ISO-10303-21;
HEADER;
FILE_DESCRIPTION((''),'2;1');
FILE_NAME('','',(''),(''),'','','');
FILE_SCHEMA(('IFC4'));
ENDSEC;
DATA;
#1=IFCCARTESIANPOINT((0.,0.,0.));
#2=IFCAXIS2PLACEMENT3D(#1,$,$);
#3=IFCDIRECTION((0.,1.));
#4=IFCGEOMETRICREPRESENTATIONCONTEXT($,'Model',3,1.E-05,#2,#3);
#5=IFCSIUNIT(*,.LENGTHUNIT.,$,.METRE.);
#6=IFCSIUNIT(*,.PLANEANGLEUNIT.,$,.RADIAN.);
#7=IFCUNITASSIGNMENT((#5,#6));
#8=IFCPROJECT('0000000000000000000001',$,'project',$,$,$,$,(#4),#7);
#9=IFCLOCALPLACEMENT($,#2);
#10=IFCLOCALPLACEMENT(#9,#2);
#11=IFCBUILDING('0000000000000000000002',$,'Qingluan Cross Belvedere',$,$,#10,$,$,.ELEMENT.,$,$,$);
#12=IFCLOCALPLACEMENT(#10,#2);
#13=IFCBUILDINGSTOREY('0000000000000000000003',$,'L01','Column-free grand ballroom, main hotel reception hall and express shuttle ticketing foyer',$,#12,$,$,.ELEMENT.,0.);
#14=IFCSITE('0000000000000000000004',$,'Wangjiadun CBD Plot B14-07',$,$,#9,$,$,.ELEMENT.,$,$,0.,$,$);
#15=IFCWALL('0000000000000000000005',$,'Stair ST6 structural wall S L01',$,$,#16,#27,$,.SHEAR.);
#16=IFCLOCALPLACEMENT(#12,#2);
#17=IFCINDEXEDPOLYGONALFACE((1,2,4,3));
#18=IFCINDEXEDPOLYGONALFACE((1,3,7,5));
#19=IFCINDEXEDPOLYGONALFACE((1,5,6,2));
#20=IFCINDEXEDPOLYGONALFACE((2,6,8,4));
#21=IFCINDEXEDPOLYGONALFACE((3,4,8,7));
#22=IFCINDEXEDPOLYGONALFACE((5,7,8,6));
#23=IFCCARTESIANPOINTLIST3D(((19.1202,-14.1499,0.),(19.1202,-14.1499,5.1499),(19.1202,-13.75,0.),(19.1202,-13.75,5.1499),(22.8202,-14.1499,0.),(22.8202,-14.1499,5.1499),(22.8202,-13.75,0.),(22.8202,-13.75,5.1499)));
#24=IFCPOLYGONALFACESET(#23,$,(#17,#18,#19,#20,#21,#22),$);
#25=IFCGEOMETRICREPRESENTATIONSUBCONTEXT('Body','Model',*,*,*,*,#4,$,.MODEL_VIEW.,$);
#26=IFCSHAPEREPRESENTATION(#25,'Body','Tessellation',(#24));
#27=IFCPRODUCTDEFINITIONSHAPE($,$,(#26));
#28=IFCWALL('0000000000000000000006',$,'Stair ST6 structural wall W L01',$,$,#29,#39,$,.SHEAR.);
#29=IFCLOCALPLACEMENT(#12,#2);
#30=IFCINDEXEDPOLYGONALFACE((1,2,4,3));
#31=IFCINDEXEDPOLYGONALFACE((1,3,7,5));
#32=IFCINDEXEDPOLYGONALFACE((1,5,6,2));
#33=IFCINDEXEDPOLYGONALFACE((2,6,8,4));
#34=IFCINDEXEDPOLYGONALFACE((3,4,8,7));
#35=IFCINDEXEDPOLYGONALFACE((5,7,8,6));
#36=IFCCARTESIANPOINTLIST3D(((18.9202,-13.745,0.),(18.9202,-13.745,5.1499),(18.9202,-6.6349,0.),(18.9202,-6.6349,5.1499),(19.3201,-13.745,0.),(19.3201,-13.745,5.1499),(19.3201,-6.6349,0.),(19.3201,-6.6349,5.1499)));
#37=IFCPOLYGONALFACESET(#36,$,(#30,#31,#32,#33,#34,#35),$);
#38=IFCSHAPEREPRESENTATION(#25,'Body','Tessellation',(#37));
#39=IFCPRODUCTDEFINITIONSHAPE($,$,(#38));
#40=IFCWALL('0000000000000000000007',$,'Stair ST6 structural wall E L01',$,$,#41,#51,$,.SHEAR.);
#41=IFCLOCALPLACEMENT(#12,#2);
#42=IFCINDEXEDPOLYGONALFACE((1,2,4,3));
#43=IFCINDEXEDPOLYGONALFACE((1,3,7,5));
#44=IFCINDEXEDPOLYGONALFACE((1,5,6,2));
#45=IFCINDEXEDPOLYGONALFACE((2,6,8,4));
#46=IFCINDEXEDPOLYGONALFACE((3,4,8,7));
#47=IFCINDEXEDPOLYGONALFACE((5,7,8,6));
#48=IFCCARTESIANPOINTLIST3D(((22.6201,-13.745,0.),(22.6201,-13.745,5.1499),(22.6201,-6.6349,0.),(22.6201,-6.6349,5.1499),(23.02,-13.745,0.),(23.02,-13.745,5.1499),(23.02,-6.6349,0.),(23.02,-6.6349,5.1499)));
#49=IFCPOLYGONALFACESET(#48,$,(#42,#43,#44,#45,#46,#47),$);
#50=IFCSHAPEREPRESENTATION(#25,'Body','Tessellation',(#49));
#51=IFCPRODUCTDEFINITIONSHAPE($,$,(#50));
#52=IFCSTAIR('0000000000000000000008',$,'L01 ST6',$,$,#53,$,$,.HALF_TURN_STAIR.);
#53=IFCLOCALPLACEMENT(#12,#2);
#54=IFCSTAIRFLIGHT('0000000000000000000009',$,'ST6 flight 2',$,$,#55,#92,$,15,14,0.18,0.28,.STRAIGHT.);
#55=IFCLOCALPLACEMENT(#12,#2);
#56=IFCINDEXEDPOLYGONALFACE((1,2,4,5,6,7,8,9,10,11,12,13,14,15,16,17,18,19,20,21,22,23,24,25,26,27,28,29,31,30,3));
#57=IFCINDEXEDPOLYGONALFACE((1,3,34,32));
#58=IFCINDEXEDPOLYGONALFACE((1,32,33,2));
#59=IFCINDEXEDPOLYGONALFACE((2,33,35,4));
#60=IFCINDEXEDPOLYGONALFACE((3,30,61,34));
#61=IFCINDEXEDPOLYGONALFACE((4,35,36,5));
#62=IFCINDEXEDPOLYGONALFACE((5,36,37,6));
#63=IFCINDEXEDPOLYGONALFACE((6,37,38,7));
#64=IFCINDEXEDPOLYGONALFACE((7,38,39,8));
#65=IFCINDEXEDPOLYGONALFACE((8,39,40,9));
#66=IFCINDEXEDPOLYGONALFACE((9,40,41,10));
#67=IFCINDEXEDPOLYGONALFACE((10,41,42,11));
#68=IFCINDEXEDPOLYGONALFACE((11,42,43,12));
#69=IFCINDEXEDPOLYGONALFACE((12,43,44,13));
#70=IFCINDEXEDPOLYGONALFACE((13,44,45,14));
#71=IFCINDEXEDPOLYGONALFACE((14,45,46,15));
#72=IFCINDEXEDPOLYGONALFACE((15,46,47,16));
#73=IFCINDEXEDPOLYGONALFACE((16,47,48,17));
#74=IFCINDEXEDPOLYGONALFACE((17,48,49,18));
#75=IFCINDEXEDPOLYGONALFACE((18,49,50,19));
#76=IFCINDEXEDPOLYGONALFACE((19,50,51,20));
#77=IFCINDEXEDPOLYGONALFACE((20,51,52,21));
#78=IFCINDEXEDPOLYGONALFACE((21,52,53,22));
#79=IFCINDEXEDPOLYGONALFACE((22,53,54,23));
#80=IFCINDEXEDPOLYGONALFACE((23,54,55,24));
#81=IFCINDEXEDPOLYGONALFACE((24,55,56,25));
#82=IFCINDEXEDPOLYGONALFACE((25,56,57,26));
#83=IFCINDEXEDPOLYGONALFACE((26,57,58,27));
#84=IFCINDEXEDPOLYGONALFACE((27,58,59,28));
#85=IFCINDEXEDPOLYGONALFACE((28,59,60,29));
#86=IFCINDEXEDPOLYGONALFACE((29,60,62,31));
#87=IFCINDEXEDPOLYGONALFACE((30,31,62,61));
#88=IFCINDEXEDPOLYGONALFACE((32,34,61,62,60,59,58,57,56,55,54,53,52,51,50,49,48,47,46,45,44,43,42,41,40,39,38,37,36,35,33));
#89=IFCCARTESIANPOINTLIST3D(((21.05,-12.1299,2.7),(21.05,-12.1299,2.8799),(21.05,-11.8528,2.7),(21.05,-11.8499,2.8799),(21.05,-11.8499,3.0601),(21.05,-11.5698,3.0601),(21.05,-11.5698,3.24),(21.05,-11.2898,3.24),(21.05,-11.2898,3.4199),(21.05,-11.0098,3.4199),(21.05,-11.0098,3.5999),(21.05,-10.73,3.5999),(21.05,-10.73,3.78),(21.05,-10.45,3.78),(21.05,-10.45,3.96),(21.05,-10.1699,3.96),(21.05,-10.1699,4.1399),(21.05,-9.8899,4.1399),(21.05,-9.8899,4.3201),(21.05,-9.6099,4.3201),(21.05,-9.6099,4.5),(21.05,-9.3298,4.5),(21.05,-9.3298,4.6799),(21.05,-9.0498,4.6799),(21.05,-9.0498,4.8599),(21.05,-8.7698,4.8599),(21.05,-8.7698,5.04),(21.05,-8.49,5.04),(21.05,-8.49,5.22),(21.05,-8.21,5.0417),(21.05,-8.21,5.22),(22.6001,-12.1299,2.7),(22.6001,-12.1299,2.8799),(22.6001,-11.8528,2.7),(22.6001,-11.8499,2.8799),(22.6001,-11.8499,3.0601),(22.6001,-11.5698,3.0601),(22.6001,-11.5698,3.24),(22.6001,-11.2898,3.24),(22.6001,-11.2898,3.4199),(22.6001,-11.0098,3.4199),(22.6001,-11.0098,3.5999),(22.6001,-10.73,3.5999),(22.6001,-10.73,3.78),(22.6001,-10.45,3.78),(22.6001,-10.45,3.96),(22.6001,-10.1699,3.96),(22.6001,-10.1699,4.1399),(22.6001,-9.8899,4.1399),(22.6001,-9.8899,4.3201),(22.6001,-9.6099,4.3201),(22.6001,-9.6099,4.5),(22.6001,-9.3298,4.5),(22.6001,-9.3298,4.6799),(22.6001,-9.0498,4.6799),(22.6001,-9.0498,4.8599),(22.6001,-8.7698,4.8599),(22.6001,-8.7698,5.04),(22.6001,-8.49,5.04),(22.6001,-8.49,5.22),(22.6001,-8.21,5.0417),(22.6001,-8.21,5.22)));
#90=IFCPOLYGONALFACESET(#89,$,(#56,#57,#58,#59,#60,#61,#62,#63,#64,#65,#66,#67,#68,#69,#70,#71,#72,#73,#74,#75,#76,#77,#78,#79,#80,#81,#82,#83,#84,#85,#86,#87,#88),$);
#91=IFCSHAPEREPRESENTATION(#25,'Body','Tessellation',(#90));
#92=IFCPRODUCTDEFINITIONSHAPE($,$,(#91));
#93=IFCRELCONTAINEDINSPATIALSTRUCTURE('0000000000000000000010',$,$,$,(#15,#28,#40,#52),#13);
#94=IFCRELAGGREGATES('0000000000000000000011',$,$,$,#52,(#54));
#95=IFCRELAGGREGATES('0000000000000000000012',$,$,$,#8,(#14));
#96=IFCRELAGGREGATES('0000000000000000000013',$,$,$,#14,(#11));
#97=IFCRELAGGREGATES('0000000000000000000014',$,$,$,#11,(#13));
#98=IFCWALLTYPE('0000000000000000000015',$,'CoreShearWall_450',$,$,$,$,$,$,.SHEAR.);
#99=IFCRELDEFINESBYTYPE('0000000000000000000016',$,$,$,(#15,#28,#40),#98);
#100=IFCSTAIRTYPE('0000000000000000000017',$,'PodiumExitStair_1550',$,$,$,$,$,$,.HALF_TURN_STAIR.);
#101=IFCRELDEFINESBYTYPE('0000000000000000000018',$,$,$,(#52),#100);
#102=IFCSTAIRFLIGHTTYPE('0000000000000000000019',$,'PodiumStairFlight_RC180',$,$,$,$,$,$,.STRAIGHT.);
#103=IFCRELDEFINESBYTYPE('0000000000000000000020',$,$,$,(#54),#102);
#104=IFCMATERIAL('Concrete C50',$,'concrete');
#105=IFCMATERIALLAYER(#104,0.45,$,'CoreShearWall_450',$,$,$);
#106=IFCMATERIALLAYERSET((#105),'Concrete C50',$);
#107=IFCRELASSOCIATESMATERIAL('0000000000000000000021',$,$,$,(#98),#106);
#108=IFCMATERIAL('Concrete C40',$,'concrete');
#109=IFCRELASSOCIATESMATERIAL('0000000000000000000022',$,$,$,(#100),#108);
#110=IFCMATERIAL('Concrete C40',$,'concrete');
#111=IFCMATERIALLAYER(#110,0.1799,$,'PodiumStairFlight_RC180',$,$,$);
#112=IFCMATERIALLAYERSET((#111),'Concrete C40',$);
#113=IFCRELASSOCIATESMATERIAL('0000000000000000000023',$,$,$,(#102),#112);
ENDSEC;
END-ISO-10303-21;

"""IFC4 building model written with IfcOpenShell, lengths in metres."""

from ifc_helpers import new_model, si_unit, direction, frame, frame_2d, origin, place, context, subcontext, project, spatial, polyline, rectangle, outline, extrude, material, layer, layer_set, type_object, element, aggregate, save


model = new_model("IFC4")

# Units and contexts
model_context = context("Model", 3, precision=1e-05, world=origin(), true_north=direction((0.0, 1.0)))
body_context = subcontext(model_context, "Body", "Model", "MODEL_VIEW")
ifc_project = project(units=[si_unit("LENGTHUNIT", "METRE"), si_unit("PLANEANGLEUNIT", "RADIAN")], contexts=[model_context])

# Site, building, storey
site_placement = place(None, origin())
site = spatial("IfcSite", under=ifc_project, at=site_placement, Name="Wangjiadun CBD Plot B14-07", CompositionType="ELEMENT", RefElevation=0.0)
building_placement = place(site_placement, origin())
building = spatial("IfcBuilding", under=site, at=building_placement, Name="Qingluan Cross Belvedere", CompositionType="ELEMENT")
storey_placement = place(building_placement, origin())
storey = spatial("IfcBuildingStorey", under=building, at=storey_placement, Name="L01", Description="Column-free grand ballroom, main hotel reception hall and express shuttle ticketing foyer", CompositionType="ELEMENT", Elevation=0.0)

# Walls
ifc_material_1 = material(Name="Concrete C50", Category="concrete")
ifc_layer_1 = layer(ifc_material_1, 0.45, Name="CoreShearWall_450")
ifc_layer_set_1 = layer_set([ifc_layer_1], Name="Concrete C50")
wall_type = type_object("IfcWallType", Name="CoreShearWall_450", PredefinedType="SHEAR", material=ifc_layer_set_1)
wall_placement = place(storey_placement, frame((19.1201, -13.95, 0.0), z_axis=(0.0, 0.0, 1.0), x_axis=(1.0, 0.0, 0.0)))
element("IfcWall", 1, at=wall_placement, inside=storey, type_object=wall_type, Name="Stair ST6 structural wall S L01", PredefinedType="SHEAR", context=body_context, shape_type="SweptSolid", body=[
    extrude(rectangle(XDim=3.7, YDim=0.3999, at=frame_2d((1.8501, 0.0))), origin(), (0.0, 0.0, 1.0), 5.1499),
])
for number, where, z_axis, x_axis, name in (
    (2, (19.1201, -13.7451, 0.0), (0.0, 0.0, 1.0), (0.0, 1.0, 0.0), "Stair ST6 structural wall W L01"),
    (3, (22.8201, -13.7451, 0.0), (0.0, 0.0, 1.0), (0.0, 1.0, 0.0), "Stair ST6 structural wall E L01"),
):
    element("IfcWall", number, at=place(storey_placement, frame(where, z_axis=z_axis, x_axis=x_axis)), inside=storey, type_object=wall_type, Name=name, PredefinedType="SHEAR", context=body_context, shape_type="SweptSolid", body=[
        extrude(rectangle(XDim=7.1101, YDim=0.3999, at=frame_2d((3.5552, 0.0))), origin(), (0.0, 0.0, 1.0), 5.1499),
    ])

# Stair, stair flight
ifc_material_2 = material(Name="Concrete C40", Category="concrete")
stair_type = type_object("IfcStairType", Name="PodiumExitStair_1550", PredefinedType="HALF_TURN_STAIR", material=ifc_material_2)
stair_placement = place(storey_placement, origin())
stair = element("IfcStair", 4, at=stair_placement, inside=storey, type_object=stair_type, Name="L01 ST6", PredefinedType="HALF_TURN_STAIR")
ifc_material_3 = material(Name="Concrete C40", Category="concrete")
ifc_layer_2 = layer(ifc_material_3, 0.1799, Name="PodiumStairFlight_RC180")
ifc_layer_set_2 = layer_set([ifc_layer_2], Name="Concrete C40")
stair_flight_type = type_object("IfcStairFlightType", Name="PodiumStairFlight_RC180", PredefinedType="STRAIGHT", material=ifc_layer_set_2)
stair_flight_placement = place(storey_placement, frame((21.825, -12.1299, 2.7), z_axis=(0.0, 0.0, 1.0), x_axis=(0.0, 1.0, 0.0)))
stair_flight = element("IfcStairFlight", 5, at=stair_flight_placement, type_object=stair_flight_type, Name="ST6 flight 2", NumberOfRisers=15, NumberOfTreads=14, PredefinedType="STRAIGHT", RiserHeight=0.18, TreadLength=0.28, context=body_context, shape_type="SweptSolid", body=[
    extrude(outline(polyline([(0.0, 0.0), (0.0, 0.1799), (0.28, 0.1799), (0.28, 0.3601), (0.5601, 0.3601), (0.5601, 0.54), (0.8401, 0.54), (0.8401, 0.72), (1.1201, 0.72), (1.1201, 0.8999), (1.3999, 0.8999), (1.3999, 1.0801), (1.6799, 1.0801), (1.6799, 1.26), (1.96, 1.26), (1.96, 1.4399), (2.24, 1.4399), (2.24, 1.6201), (2.52, 1.6201), (2.52, 1.8), (2.8, 1.8), (2.8, 1.98), (3.0801, 1.98), (3.0801, 2.1599), (3.3601, 2.1599), (3.3601, 2.3401), (3.6399, 2.3401), (3.6399, 2.52), (3.9199, 2.52), (3.9199, 2.7), (3.9199, 2.3418), (0.2771, 0.0), (0.0, 0.0)])), frame((0.0, 0.7749, 0.0), z_axis=(0.0, -1.0, 0.0), x_axis=(1.0, 0.0, 0.0)), (0.0, 0.0, 1.0), 1.55),
])
aggregate(stair, [stair_flight])

save(model, "model.ifc")
